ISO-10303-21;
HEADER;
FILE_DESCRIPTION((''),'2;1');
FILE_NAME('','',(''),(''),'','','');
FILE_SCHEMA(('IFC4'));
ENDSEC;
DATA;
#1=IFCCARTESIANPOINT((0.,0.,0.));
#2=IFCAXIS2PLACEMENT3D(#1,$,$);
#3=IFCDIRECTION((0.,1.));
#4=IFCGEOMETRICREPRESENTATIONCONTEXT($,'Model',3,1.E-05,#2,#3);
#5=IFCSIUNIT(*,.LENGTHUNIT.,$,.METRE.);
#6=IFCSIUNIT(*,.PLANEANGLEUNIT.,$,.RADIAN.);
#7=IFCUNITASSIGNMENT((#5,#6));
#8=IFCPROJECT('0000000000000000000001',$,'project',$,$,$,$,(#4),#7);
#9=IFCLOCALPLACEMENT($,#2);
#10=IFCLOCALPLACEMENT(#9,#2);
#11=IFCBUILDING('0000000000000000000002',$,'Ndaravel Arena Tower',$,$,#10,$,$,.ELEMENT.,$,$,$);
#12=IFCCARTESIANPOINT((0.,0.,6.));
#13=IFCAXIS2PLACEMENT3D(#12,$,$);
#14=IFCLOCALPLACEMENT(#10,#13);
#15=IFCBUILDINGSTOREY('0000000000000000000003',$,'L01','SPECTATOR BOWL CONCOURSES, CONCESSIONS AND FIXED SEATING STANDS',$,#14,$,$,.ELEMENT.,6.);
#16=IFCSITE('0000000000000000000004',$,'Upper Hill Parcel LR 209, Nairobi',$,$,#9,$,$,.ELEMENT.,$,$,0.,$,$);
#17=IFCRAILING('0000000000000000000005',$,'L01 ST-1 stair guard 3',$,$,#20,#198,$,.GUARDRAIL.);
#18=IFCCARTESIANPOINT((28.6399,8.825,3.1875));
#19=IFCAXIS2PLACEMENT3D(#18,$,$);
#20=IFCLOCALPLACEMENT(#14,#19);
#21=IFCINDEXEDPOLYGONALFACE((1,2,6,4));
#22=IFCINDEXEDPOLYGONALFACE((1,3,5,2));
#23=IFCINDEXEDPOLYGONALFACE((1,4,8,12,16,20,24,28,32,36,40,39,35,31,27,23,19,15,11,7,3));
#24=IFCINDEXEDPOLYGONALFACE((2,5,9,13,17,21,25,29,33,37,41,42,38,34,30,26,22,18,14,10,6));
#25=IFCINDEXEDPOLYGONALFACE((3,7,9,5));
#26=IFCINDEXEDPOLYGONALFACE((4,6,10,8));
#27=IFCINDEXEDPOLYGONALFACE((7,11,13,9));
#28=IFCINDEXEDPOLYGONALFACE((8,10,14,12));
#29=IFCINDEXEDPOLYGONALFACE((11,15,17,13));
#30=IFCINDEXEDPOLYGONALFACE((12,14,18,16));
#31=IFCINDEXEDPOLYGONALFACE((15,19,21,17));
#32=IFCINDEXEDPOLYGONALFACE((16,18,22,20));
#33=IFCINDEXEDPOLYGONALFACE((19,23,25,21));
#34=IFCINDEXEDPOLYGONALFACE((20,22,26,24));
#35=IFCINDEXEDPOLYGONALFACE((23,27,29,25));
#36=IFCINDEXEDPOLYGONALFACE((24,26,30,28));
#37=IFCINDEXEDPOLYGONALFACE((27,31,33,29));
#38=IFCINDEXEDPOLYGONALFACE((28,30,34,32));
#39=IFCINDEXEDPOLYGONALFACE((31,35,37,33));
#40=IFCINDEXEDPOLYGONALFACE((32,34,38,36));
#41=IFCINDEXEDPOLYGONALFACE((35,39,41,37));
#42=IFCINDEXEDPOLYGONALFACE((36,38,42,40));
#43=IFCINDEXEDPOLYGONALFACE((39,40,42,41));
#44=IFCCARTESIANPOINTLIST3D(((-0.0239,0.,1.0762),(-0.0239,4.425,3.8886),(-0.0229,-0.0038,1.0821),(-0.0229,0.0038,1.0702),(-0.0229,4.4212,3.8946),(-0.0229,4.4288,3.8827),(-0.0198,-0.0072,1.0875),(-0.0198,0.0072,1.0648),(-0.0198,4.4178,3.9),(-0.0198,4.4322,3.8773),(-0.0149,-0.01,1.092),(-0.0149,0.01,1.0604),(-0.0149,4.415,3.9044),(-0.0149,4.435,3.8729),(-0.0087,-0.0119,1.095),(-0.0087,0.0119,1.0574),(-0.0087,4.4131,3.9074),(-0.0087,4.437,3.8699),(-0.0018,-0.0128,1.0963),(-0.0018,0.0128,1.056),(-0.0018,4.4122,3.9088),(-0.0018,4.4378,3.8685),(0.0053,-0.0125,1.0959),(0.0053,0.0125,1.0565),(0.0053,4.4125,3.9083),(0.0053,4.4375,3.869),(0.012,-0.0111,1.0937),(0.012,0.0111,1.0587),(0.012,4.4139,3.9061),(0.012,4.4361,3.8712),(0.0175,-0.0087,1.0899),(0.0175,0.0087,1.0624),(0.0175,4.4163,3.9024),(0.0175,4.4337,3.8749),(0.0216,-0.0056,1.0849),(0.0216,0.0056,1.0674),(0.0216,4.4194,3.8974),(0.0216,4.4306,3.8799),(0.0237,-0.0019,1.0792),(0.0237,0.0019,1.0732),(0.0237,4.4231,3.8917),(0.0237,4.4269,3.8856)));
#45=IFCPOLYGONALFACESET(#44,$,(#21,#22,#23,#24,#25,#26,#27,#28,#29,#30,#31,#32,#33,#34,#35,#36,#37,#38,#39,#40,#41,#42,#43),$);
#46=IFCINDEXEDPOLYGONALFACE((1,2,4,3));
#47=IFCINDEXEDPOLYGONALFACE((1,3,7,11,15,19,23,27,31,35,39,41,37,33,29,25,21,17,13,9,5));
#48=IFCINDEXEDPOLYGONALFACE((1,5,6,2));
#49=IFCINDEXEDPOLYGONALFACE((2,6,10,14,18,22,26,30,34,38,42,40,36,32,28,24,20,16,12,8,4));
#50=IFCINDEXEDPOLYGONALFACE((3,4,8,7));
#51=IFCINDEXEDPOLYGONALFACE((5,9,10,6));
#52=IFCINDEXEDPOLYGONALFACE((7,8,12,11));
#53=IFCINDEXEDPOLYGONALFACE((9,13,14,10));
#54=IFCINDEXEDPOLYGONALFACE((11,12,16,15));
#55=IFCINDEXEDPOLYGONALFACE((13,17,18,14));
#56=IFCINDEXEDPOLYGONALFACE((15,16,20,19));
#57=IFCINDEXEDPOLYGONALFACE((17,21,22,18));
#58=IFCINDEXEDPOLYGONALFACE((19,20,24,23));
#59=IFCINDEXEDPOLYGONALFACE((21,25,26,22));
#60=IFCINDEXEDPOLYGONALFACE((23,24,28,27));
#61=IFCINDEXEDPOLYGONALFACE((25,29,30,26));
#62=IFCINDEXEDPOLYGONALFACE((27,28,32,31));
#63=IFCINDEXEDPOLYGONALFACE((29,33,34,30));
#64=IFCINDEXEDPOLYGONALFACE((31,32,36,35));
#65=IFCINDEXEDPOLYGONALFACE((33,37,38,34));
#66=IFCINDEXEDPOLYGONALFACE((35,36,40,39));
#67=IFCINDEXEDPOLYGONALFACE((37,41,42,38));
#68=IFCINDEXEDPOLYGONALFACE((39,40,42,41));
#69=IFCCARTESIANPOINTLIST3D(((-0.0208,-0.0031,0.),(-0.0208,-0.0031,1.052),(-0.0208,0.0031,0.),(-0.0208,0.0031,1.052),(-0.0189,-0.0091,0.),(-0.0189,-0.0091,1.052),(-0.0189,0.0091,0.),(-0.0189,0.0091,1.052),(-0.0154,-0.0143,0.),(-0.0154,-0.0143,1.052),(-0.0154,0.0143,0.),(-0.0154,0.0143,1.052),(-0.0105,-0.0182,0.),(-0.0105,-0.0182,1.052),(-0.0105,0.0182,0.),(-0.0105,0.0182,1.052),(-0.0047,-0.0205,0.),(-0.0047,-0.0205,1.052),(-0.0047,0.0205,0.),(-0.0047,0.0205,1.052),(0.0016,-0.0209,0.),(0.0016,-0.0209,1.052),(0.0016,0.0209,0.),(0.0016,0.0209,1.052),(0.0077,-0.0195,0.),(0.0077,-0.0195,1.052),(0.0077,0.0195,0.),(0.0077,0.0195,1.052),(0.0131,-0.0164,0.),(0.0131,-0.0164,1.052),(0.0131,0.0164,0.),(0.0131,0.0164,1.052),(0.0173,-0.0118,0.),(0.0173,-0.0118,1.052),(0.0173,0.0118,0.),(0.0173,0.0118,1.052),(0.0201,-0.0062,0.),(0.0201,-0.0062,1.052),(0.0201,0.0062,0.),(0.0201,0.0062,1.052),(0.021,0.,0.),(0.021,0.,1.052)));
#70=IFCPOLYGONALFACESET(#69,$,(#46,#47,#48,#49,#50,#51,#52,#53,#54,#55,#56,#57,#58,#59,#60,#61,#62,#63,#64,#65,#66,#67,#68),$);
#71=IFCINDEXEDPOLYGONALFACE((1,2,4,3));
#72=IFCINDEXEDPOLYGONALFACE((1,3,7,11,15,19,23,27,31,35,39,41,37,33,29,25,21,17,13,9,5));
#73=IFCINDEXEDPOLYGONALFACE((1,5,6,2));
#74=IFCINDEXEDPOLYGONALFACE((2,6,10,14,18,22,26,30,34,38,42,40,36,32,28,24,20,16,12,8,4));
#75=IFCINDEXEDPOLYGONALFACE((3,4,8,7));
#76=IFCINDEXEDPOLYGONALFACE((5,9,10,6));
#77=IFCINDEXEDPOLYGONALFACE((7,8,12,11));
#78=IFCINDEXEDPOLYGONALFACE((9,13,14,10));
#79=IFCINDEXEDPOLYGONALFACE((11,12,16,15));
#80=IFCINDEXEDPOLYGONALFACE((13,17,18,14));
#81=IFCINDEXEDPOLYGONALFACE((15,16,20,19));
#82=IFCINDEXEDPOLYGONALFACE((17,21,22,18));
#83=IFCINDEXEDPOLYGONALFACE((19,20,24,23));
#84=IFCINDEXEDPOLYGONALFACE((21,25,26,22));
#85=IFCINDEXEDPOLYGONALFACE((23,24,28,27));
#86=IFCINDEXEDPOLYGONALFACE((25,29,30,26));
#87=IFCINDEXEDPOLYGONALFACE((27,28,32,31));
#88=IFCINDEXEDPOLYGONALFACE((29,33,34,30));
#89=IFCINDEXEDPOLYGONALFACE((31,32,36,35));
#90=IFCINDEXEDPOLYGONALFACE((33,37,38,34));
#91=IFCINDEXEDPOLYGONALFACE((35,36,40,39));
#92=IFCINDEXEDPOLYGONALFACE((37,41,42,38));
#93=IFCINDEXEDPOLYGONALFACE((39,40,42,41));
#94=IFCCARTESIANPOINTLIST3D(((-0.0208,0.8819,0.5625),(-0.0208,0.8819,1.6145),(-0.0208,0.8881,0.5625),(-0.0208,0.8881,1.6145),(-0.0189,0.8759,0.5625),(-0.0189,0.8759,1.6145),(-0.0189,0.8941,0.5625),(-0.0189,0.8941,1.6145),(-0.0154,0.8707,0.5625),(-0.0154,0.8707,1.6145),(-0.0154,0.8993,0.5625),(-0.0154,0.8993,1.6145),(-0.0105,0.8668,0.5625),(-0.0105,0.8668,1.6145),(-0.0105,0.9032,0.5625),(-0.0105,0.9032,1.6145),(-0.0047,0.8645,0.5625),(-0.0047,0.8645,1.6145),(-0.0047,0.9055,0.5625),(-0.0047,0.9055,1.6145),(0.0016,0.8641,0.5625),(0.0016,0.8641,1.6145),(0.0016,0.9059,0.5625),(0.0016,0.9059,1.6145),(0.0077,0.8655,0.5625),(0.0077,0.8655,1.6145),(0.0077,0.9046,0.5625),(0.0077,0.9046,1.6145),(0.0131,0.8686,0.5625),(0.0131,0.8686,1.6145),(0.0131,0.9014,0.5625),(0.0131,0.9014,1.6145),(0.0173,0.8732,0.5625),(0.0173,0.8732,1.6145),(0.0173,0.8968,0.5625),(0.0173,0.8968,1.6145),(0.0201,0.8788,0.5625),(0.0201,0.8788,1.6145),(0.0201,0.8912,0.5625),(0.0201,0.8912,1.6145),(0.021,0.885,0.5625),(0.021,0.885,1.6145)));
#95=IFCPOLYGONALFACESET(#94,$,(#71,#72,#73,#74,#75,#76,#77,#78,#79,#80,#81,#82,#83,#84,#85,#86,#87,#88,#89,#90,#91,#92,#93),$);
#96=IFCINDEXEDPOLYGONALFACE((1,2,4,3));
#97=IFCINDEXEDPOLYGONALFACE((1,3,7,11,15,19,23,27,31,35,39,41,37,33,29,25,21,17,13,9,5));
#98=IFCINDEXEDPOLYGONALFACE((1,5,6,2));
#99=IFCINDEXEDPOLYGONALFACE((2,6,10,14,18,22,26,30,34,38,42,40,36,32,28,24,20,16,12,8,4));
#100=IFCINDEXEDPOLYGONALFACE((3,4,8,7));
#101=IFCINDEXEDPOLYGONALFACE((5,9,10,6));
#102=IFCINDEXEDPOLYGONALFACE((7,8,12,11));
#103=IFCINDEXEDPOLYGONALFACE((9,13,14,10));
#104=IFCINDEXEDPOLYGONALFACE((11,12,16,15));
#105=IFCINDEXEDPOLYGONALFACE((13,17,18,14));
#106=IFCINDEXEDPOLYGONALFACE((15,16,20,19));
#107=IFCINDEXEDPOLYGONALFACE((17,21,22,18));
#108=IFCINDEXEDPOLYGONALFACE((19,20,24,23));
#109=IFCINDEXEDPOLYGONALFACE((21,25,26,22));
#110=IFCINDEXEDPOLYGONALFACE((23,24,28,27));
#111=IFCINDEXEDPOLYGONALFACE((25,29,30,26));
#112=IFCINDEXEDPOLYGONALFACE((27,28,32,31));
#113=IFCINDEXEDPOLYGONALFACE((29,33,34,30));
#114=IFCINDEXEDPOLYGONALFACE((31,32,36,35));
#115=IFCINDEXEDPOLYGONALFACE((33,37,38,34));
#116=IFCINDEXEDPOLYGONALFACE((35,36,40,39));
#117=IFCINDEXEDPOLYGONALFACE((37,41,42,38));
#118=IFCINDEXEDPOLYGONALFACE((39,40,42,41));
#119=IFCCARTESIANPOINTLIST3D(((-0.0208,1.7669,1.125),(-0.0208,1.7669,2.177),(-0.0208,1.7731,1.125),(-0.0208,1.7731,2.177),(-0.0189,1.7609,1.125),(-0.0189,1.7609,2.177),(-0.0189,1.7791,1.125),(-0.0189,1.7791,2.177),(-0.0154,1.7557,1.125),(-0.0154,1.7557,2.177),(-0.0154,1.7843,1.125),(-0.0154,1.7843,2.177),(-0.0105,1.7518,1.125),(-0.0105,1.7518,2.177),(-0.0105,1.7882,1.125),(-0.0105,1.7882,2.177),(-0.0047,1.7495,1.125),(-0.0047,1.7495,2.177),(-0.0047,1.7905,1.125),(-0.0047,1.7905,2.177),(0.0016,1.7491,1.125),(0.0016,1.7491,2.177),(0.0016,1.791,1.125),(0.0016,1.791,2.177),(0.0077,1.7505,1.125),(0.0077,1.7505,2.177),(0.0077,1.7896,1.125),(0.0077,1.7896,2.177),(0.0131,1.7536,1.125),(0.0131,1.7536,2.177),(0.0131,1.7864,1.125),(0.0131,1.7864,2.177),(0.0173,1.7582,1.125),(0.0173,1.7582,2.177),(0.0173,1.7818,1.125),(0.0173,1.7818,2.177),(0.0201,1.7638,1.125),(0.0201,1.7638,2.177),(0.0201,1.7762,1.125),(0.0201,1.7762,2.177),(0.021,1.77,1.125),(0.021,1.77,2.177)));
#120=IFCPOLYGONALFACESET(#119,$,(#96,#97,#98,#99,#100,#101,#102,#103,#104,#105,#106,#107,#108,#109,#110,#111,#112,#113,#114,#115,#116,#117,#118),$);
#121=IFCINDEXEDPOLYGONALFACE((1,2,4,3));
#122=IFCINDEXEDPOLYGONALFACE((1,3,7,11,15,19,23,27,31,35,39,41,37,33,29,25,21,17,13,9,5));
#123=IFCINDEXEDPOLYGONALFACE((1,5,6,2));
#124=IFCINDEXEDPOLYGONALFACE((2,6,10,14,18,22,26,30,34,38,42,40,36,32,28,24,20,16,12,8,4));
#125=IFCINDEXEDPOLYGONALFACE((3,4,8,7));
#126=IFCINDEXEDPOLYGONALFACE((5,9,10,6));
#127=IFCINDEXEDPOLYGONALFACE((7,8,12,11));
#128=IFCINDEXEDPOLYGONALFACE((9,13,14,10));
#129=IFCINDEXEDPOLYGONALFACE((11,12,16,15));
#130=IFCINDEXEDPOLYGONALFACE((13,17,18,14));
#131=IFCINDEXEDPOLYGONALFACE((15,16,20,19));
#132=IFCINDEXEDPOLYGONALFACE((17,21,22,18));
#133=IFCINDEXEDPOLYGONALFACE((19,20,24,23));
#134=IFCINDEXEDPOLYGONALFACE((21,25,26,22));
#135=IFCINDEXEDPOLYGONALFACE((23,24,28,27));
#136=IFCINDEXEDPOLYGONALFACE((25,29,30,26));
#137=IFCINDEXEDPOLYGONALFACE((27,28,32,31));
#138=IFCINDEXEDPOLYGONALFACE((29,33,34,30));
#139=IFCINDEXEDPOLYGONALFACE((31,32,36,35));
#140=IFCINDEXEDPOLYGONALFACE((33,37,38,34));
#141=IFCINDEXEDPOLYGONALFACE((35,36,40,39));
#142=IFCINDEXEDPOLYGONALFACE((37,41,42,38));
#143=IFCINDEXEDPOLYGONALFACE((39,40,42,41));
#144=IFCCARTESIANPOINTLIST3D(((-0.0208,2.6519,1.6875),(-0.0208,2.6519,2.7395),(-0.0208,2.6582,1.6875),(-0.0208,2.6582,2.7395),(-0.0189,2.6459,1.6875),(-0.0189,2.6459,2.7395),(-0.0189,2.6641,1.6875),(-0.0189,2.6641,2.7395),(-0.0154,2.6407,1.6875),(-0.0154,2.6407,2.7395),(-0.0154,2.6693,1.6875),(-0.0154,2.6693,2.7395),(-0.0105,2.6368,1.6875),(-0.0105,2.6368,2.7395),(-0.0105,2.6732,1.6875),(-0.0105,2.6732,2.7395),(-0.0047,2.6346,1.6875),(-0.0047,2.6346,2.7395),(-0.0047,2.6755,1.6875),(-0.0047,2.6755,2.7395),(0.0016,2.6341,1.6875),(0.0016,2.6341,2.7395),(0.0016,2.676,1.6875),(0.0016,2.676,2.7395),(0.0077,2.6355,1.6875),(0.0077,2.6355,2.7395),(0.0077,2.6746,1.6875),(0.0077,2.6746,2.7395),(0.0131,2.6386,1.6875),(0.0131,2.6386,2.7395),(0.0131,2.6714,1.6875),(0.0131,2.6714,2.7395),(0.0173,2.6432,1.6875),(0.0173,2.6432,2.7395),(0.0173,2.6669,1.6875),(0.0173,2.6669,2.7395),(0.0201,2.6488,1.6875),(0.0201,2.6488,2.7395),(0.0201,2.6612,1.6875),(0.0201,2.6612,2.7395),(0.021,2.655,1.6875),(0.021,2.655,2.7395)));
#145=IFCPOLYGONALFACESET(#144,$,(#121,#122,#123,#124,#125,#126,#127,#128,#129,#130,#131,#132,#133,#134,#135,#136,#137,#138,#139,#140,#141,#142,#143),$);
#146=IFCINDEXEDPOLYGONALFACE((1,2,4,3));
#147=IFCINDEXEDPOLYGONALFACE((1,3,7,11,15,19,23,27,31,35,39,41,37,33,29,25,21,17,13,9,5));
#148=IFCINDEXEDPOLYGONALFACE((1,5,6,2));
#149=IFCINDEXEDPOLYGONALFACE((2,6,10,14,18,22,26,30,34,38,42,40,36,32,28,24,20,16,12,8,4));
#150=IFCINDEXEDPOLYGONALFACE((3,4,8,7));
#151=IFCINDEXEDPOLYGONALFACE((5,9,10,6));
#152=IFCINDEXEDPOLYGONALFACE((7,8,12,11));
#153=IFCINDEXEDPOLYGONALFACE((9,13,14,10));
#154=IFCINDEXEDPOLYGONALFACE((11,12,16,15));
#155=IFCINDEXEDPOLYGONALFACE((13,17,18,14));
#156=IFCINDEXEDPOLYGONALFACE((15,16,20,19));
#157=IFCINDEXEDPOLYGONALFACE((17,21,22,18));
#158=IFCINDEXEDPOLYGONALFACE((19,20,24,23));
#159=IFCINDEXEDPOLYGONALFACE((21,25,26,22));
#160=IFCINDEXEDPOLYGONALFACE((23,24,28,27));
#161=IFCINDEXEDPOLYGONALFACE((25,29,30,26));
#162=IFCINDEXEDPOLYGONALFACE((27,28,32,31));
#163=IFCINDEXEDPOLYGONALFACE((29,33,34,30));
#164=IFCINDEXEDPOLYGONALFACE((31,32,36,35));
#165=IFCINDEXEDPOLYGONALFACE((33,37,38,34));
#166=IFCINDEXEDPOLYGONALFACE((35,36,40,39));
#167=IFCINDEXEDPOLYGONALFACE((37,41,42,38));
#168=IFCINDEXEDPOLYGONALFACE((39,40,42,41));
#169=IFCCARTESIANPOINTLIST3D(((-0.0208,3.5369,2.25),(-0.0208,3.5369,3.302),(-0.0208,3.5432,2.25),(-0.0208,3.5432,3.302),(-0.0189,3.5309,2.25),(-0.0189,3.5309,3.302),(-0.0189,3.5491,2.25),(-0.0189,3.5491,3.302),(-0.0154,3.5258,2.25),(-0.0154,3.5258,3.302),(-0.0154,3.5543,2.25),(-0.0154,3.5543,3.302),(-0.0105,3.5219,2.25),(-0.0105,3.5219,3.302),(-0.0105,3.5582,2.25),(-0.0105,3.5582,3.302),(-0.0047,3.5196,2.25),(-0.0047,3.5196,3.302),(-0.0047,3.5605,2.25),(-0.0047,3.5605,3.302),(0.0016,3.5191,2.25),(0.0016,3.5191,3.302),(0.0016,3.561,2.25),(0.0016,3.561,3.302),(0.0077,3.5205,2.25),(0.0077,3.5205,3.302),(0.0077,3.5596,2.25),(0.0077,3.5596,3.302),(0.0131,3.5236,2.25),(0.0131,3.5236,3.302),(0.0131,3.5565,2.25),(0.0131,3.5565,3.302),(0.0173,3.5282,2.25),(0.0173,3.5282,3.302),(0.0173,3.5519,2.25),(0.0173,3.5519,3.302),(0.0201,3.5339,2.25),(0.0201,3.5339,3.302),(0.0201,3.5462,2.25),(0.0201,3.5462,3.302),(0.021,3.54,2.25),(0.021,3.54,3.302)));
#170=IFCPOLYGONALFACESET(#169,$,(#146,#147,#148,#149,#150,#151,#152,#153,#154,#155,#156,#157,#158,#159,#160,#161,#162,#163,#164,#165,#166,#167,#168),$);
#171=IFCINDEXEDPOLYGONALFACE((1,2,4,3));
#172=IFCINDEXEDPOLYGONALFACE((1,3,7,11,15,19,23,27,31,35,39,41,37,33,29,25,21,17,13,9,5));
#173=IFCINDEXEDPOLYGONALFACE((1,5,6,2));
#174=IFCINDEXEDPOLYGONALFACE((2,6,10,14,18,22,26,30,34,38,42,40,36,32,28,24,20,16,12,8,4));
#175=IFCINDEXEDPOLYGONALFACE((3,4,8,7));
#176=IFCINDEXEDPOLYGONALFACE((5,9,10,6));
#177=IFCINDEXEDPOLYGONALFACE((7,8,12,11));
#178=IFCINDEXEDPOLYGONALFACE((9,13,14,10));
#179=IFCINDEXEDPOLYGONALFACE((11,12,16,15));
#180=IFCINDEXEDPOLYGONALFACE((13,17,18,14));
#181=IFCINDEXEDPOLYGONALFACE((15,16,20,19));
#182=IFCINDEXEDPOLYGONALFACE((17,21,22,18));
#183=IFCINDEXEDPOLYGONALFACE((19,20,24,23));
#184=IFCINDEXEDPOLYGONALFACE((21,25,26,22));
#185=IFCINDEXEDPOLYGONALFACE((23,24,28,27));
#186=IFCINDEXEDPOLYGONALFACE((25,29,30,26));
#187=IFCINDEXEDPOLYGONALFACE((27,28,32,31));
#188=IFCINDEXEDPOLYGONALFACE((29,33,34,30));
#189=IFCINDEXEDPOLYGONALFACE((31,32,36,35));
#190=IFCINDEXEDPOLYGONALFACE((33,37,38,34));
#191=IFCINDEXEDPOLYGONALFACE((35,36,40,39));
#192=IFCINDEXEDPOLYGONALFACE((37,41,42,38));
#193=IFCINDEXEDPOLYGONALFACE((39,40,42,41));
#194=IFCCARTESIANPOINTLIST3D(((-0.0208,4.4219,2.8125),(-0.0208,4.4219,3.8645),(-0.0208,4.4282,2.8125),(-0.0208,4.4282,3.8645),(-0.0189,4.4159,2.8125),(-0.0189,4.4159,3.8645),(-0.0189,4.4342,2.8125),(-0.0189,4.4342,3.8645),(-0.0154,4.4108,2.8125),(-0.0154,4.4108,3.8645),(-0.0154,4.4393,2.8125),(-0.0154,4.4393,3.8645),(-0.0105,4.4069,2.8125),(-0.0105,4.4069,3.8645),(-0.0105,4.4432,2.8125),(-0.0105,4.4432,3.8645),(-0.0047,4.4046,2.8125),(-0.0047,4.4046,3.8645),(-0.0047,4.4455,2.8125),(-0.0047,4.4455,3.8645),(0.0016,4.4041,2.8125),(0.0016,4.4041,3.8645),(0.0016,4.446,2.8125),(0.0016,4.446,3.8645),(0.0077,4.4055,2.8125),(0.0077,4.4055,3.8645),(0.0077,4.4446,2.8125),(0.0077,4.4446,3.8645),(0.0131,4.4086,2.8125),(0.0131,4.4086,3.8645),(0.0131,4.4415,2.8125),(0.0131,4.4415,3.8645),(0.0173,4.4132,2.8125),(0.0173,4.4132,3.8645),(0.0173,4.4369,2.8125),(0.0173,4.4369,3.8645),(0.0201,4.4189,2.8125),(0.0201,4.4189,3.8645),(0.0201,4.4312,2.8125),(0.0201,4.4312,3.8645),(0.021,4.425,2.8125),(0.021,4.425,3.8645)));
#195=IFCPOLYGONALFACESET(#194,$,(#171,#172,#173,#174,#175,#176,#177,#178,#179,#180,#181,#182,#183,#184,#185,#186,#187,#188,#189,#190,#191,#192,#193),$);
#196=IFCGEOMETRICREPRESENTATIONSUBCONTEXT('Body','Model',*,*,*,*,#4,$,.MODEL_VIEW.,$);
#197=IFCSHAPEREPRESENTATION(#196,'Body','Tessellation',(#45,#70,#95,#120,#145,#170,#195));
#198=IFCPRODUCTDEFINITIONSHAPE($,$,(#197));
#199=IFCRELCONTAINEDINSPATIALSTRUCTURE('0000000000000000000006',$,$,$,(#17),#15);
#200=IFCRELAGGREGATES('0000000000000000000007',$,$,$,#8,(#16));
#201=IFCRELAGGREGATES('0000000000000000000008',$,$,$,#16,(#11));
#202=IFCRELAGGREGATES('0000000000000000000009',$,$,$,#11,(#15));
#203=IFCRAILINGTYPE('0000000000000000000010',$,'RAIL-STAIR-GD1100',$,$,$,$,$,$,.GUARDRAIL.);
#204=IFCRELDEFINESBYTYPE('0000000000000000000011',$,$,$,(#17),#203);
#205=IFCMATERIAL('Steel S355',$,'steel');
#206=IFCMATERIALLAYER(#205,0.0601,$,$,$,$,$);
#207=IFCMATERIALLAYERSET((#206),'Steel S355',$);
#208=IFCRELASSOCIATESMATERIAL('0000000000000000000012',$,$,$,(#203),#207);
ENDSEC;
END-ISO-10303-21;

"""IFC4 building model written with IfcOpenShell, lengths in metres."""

from ifc_helpers import new_model, si_unit, direction, frame, origin, origin_2d, place, context, subcontext, project, spatial, circle, extrude, material, layer, layer_set, type_object, element, save


model = new_model("IFC4")

# Units and contexts
model_context = context("Model", 3, precision=1e-05, world=origin(), true_north=direction((0.0, 1.0)))
body_context = subcontext(model_context, "Body", "Model", "MODEL_VIEW")
ifc_project = project(units=[si_unit("LENGTHUNIT", "METRE"), si_unit("PLANEANGLEUNIT", "RADIAN")], contexts=[model_context])

# Site, building, storey
site_placement = place(None, origin())
site = spatial("IfcSite", under=ifc_project, at=site_placement, Name="Upper Hill Parcel LR 209, Nairobi", CompositionType="ELEMENT", RefElevation=0.0)
building_placement = place(site_placement, origin())
building = spatial("IfcBuilding", under=site, at=building_placement, Name="Ndaravel Arena Tower", CompositionType="ELEMENT")
storey_placement = place(building_placement, frame((0.0, 0.0, 6.0)))
storey = spatial("IfcBuildingStorey", under=building, at=storey_placement, Name="L01", Description="SPECTATOR BOWL CONCOURSES, CONCESSIONS AND FIXED SEATING STANDS", CompositionType="ELEMENT", Elevation=6.0)

# Railing
ifc_material_1 = material(Name="Steel S355", Category="steel")
ifc_layer_1 = layer(ifc_material_1, 0.0601)
ifc_layer_set_1 = layer_set([ifc_layer_1], Name="Steel S355")
railing_type_1 = type_object("IfcRailingType", Name="RAIL-STAIR-GD1100", PredefinedType="GUARDRAIL", material=ifc_layer_set_1)
railing_1_placement = place(storey_placement, frame((28.6399, 8.825, 3.1875)))
element("IfcRailing", 1, at=railing_1_placement, inside=storey, type_object=railing_type_1, Name="L01 ST-1 stair guard 3", PredefinedType="GUARDRAIL", context=body_context, shape_type="SweptSolid", body=[
    extrude(circle(Radius=0.0239, at=origin_2d()), frame((0.0, 0.0, 1.0762), z_axis=(0.0, 0.843959, 0.536408), x_axis=(-1.0, 0.0, 0.0)), (0.0, 0.0, 1.0), 5.2432),
    extrude(circle(Radius=0.021, at=origin_2d()), origin(), (0.0, 0.0, 1.0), 1.052),
    extrude(circle(Radius=0.021, at=origin_2d()), frame((0.0, 0.885, 0.5625)), (0.0, 0.0, 1.0), 1.052),
    extrude(circle(Radius=0.021, at=origin_2d()), frame((0.0, 1.77, 1.125)), (0.0, 0.0, 1.0), 1.052),
    extrude(circle(Radius=0.021, at=origin_2d()), frame((0.0, 2.655, 1.6875)), (0.0, 0.0, 1.0), 1.052),
    extrude(circle(Radius=0.021, at=origin_2d()), frame((0.0, 3.54, 2.25)), (0.0, 0.0, 1.0), 1.052),
    extrude(circle(Radius=0.021, at=origin_2d()), frame((0.0, 4.425, 2.8125)), (0.0, 0.0, 1.0), 1.052),
])

save(model, "model.ifc")
